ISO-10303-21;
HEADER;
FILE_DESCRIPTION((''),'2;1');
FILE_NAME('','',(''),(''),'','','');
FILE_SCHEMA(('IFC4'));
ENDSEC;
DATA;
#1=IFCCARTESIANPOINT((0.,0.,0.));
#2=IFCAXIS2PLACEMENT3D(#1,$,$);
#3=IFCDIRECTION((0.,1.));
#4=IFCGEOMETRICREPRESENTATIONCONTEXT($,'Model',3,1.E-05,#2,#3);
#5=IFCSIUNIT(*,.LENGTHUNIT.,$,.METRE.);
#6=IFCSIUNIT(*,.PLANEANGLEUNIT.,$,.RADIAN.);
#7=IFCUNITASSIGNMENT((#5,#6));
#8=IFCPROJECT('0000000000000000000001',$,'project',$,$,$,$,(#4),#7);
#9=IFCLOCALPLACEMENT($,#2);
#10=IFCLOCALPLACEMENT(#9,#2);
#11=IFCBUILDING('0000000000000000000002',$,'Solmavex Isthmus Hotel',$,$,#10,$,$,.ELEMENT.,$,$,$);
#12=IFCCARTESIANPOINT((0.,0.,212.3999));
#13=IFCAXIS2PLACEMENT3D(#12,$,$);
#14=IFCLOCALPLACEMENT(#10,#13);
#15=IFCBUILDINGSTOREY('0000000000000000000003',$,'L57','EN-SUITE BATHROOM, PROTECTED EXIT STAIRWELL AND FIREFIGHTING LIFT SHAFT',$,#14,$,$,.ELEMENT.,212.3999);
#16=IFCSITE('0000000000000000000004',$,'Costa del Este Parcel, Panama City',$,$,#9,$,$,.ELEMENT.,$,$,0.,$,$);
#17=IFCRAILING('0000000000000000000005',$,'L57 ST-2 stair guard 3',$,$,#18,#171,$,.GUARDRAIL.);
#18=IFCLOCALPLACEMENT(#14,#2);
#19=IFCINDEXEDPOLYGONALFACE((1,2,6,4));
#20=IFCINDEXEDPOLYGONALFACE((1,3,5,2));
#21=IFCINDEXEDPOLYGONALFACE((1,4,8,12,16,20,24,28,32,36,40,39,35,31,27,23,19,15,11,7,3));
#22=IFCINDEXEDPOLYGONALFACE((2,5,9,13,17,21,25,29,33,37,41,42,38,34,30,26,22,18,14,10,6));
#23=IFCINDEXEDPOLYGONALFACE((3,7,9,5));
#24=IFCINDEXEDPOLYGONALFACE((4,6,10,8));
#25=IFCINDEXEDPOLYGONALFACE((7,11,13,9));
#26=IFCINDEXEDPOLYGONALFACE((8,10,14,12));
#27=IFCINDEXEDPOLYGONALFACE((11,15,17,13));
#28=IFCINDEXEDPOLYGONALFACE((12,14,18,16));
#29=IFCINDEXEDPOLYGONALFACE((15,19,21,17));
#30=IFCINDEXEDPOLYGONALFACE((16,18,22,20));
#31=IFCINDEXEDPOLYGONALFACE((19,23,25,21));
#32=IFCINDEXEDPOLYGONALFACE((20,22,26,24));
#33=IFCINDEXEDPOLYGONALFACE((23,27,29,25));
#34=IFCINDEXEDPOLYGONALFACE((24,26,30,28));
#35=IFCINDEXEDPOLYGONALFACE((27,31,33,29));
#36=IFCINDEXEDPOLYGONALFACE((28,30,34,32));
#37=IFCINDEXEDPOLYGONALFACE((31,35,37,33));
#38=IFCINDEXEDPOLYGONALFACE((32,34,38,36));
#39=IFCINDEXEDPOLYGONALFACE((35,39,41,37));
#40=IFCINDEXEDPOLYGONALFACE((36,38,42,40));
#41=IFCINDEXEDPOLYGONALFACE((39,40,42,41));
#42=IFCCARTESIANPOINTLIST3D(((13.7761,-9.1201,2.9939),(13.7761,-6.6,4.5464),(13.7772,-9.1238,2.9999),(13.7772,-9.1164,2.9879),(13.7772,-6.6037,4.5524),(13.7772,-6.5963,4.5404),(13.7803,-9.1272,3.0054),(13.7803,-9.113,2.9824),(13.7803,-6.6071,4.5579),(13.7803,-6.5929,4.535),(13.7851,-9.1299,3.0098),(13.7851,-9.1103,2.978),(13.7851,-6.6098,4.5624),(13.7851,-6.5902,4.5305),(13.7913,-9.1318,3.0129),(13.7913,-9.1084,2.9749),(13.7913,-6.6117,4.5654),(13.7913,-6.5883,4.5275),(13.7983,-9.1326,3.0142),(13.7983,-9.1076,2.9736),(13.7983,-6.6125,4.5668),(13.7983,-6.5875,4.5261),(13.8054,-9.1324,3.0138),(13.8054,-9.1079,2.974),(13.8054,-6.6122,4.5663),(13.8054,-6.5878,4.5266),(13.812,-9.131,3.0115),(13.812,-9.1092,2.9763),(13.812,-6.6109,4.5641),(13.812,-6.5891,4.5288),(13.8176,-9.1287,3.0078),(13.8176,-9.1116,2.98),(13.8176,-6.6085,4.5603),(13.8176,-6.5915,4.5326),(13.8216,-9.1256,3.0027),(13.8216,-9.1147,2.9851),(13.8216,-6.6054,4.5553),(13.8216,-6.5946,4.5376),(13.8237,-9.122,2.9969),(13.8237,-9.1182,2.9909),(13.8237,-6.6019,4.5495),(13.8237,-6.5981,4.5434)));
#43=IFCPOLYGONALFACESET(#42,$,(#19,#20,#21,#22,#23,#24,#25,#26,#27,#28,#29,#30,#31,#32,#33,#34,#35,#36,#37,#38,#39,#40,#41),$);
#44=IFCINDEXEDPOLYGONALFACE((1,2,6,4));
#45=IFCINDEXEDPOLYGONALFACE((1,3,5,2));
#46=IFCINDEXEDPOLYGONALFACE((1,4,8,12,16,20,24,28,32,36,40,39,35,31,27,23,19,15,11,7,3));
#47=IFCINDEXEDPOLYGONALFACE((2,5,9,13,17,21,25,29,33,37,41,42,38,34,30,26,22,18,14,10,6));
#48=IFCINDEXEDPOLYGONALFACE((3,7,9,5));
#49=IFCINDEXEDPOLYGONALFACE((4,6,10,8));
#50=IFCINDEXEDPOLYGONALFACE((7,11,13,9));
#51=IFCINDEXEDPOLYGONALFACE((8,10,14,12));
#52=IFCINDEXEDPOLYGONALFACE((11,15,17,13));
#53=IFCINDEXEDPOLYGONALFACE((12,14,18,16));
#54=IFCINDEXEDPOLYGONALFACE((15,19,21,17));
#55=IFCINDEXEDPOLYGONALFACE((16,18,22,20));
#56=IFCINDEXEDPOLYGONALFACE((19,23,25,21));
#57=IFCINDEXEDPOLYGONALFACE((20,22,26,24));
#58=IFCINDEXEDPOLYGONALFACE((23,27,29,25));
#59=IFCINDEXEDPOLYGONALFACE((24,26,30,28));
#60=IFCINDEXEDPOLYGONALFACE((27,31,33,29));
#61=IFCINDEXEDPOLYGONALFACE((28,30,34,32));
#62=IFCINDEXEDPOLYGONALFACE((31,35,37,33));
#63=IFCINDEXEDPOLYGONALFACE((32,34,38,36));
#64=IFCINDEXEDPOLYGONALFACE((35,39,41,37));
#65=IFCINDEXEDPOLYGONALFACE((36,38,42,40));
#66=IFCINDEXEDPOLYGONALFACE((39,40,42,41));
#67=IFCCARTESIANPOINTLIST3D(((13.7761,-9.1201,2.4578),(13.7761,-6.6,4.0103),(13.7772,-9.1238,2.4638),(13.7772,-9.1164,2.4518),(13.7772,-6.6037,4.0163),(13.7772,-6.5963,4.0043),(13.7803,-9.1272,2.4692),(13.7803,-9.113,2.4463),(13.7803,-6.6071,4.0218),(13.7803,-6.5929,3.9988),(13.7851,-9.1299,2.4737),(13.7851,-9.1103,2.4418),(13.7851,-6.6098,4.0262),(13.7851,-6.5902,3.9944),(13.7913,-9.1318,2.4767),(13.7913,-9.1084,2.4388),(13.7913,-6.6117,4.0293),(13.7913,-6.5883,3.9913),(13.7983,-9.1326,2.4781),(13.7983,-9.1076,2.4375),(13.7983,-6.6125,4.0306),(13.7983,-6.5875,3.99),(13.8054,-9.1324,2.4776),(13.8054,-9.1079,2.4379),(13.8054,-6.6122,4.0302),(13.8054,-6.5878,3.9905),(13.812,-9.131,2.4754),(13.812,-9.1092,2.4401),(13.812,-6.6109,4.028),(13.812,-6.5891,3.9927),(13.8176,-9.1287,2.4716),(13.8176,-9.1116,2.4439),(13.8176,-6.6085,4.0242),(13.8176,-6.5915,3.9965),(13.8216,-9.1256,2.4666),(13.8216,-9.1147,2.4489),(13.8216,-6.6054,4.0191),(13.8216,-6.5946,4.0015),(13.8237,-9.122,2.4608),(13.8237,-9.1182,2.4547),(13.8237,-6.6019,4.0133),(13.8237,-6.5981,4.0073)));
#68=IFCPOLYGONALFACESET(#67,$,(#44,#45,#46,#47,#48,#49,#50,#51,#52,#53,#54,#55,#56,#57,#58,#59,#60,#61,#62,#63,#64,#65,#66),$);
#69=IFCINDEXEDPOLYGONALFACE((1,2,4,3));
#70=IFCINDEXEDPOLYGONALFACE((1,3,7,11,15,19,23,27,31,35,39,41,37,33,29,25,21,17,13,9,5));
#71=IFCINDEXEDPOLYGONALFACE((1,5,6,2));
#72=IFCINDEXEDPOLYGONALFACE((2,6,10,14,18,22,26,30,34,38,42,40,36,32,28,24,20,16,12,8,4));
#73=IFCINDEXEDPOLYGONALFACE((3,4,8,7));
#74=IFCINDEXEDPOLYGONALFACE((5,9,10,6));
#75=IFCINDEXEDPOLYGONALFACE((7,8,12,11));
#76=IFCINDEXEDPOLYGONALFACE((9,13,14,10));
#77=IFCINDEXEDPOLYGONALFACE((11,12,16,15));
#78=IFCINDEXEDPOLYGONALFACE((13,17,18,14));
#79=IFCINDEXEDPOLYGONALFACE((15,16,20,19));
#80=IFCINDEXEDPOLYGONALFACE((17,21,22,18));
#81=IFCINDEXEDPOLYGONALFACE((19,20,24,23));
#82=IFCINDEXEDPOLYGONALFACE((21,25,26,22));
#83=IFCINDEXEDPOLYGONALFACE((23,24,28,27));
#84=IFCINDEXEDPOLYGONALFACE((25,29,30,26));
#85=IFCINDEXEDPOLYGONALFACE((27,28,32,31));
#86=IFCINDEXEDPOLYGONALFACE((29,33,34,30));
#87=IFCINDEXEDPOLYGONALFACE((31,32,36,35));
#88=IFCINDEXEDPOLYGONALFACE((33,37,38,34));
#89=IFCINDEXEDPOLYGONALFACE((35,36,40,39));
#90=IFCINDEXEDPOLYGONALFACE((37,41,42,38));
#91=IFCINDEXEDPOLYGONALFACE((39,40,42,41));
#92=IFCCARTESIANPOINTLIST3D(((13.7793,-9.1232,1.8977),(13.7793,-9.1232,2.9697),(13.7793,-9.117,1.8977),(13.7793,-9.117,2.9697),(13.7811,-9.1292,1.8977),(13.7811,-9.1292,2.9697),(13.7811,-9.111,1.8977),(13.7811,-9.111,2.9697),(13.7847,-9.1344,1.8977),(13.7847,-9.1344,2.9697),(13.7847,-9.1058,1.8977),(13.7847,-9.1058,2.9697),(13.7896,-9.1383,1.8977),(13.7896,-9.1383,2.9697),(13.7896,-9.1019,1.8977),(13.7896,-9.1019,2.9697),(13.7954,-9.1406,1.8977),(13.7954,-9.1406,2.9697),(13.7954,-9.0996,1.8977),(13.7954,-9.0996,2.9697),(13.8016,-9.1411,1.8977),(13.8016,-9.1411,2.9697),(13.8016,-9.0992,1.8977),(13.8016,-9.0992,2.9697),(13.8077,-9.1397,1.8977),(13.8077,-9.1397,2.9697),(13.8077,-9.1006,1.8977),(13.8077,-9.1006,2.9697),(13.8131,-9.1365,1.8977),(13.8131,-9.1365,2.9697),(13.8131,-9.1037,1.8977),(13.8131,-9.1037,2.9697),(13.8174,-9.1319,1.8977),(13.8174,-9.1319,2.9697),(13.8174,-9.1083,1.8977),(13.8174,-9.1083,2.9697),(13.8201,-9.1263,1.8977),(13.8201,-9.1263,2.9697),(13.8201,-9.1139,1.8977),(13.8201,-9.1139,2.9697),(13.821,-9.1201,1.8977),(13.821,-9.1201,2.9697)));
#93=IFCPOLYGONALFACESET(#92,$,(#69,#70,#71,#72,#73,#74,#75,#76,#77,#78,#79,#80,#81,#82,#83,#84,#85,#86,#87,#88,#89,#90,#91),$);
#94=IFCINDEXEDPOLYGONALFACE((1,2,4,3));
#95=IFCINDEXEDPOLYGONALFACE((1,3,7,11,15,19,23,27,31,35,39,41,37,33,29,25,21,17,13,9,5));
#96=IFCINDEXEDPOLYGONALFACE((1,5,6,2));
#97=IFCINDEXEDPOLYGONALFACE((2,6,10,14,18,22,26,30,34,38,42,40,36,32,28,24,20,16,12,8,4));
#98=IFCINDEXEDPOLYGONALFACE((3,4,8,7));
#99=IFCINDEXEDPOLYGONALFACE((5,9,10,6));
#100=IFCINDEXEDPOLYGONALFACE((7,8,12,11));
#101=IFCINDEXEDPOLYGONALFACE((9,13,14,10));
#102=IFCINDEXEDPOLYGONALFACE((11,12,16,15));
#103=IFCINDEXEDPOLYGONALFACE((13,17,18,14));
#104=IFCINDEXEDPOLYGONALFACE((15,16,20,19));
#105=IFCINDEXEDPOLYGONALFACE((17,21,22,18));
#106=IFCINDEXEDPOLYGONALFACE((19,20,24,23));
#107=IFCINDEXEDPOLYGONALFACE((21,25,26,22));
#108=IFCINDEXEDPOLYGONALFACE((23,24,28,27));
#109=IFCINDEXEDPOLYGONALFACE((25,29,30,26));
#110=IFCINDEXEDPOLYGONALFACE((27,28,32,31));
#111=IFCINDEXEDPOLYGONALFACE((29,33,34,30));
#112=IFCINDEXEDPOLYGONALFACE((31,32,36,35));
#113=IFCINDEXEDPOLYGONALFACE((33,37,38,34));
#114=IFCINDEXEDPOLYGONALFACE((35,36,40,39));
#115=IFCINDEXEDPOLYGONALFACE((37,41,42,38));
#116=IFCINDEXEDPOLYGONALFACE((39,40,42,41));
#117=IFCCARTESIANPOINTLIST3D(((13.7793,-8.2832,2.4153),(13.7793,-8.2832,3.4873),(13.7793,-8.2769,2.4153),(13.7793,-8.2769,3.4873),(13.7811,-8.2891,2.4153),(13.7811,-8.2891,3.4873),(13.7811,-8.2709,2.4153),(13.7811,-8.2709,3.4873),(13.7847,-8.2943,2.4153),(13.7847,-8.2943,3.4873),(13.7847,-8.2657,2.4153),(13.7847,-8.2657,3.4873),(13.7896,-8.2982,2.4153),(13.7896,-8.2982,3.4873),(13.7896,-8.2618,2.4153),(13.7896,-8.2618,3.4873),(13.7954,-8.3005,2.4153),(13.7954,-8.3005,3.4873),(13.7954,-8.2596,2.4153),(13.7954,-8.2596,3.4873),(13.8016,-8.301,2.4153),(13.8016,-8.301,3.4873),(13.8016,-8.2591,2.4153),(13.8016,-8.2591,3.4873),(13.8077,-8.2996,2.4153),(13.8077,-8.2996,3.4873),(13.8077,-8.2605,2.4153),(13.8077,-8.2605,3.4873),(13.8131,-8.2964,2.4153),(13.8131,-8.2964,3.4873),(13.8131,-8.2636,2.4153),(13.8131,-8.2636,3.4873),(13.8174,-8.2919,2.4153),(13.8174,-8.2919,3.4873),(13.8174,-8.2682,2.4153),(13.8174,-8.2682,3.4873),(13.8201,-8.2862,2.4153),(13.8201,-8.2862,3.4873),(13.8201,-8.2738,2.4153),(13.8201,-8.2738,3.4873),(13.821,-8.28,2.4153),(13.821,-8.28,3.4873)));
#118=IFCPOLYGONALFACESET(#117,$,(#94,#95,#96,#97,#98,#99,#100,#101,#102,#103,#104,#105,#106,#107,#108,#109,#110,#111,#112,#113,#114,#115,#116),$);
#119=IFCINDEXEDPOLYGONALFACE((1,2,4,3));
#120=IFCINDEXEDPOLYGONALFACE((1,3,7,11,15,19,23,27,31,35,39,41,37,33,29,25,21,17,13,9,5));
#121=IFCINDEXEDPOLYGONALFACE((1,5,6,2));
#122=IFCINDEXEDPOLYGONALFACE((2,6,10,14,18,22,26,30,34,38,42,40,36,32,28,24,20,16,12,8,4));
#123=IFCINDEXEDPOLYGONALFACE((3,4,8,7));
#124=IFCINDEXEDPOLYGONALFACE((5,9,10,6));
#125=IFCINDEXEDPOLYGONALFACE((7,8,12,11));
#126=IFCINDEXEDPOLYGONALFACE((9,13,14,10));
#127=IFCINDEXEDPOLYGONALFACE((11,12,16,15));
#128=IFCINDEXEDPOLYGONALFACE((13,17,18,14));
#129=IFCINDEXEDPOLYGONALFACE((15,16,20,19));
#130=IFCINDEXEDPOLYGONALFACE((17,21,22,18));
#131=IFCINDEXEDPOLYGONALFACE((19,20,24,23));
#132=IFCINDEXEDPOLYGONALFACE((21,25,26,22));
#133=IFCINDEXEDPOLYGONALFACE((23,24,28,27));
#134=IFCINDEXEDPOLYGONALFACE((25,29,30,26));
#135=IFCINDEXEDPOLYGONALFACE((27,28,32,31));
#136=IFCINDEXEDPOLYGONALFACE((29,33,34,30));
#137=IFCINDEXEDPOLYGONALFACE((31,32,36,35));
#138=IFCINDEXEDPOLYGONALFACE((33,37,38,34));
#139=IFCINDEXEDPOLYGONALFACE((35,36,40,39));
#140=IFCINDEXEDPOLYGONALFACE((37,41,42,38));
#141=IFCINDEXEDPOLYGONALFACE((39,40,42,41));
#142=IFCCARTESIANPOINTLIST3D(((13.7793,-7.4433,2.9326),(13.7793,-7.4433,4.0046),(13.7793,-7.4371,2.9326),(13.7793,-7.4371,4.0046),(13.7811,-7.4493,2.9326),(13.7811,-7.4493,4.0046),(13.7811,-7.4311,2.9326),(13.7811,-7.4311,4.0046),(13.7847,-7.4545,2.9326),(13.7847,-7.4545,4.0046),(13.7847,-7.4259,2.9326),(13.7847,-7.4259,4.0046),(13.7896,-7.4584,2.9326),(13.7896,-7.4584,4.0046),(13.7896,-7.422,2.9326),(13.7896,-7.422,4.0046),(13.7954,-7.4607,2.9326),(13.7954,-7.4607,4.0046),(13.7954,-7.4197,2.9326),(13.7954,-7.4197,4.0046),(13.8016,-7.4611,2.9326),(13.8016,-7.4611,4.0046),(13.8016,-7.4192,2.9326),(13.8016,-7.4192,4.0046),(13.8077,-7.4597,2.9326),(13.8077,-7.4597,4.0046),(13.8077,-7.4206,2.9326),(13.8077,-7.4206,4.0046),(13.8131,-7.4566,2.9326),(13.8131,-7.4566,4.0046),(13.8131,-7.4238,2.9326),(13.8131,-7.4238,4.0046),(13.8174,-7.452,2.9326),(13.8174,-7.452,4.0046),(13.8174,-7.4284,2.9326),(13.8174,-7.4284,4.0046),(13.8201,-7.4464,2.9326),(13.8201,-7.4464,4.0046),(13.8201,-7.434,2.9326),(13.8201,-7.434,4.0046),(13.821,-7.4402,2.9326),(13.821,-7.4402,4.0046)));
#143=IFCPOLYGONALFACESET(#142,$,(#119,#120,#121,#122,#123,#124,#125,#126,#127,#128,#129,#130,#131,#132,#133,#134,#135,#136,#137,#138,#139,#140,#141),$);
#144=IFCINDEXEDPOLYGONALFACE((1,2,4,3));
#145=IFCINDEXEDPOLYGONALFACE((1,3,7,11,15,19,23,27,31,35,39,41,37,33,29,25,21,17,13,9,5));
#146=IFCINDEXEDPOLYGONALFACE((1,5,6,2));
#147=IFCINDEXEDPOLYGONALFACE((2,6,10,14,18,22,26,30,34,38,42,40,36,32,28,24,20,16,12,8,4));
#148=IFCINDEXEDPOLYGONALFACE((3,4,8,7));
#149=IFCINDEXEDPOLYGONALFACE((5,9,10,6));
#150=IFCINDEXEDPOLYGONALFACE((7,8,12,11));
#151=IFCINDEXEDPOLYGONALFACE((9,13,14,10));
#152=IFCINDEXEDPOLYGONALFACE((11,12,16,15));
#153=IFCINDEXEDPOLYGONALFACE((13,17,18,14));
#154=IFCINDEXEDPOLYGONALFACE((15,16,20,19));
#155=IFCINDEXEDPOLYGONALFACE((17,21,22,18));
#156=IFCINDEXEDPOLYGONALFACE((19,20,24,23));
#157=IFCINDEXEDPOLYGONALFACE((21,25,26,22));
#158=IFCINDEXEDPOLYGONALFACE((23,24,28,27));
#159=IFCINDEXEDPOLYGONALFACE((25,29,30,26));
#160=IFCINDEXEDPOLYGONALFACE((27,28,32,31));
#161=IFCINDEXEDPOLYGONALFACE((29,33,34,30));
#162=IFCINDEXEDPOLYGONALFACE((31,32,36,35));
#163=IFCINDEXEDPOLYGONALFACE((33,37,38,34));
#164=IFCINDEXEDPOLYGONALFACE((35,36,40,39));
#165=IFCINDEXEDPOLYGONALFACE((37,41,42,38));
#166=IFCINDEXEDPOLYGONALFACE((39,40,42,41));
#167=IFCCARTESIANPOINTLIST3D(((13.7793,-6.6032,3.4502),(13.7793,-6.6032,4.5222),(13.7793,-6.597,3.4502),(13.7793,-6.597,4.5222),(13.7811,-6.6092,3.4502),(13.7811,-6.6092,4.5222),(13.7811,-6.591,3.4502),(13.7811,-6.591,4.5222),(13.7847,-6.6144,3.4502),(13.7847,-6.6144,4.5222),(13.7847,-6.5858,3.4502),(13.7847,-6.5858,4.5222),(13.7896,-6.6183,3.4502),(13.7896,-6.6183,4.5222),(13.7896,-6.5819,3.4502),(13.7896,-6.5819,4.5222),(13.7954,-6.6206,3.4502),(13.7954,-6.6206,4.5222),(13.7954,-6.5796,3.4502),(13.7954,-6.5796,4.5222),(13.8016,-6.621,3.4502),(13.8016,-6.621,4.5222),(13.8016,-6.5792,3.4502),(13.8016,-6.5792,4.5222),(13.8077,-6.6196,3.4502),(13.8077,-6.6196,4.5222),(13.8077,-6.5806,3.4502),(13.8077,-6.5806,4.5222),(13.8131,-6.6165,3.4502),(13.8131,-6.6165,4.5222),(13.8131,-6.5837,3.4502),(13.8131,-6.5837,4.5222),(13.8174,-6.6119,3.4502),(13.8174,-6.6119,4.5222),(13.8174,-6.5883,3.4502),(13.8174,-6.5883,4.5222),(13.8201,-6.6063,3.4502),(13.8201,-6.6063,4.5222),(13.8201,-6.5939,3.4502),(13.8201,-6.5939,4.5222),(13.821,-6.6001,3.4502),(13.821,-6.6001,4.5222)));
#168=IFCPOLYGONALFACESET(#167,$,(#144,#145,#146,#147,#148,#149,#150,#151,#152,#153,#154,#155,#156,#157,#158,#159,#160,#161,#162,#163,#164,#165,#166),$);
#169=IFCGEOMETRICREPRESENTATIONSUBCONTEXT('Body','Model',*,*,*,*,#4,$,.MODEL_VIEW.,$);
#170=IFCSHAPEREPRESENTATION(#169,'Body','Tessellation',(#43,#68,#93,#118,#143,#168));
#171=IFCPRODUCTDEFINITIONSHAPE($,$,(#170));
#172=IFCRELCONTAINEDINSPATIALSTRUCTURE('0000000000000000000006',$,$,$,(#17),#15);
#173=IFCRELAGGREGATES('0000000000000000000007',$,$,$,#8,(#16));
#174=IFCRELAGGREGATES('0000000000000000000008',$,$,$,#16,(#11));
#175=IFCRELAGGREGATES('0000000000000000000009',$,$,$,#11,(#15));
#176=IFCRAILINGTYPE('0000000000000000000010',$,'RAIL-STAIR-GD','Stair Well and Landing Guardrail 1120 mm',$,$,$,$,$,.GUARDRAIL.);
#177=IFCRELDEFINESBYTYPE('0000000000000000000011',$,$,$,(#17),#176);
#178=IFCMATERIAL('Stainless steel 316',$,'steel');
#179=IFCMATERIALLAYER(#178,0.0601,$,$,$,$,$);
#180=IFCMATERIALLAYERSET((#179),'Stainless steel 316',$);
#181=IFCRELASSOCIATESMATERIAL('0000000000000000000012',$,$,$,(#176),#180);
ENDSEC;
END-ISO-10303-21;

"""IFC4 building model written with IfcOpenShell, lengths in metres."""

from ifc_helpers import new_model, si_unit, direction, frame, origin, origin_2d, place, context, subcontext, project, spatial, circle, extrude, material, layer, layer_set, type_object, element, save


model = new_model("IFC4")

# Units and contexts
model_context = context("Model", 3, precision=1e-05, world=origin(), true_north=direction((0.0, 1.0)))
body_context = subcontext(model_context, "Body", "Model", "MODEL_VIEW")
ifc_project = project(units=[si_unit("LENGTHUNIT", "METRE"), si_unit("PLANEANGLEUNIT", "RADIAN")], contexts=[model_context])

# Site, building, storey
site_placement = place(None, origin())
site = spatial("IfcSite", under=ifc_project, at=site_placement, Name="Costa del Este Parcel, Panama City", CompositionType="ELEMENT", RefElevation=0.0)
building_placement = place(site_placement, origin())
building = spatial("IfcBuilding", under=site, at=building_placement, Name="Solmavex Isthmus Hotel", CompositionType="ELEMENT")
storey_placement = place(building_placement, frame((0.0, 0.0, 212.3999)))
storey = spatial("IfcBuildingStorey", under=building, at=storey_placement, Name="L57", Description="EN-SUITE BATHROOM, PROTECTED EXIT STAIRWELL AND FIREFIGHTING LIFT SHAFT", CompositionType="ELEMENT", Elevation=212.3999)

# Railing
ifc_material_1 = material(Name="Stainless steel 316", Category="steel")
ifc_layer_1 = layer(ifc_material_1, 0.0601)
ifc_layer_set_1 = layer_set([ifc_layer_1], Name="Stainless steel 316")
railing_type_1 = type_object("IfcRailingType", Name="RAIL-STAIR-GD", Description="Stair Well and Landing Guardrail 1120 mm", PredefinedType="GUARDRAIL", material=ifc_layer_set_1)
railing_1_placement = place(storey_placement, frame((13.8, -9.1201, 1.8977)))
element("IfcRailing", 1, at=railing_1_placement, inside=storey, type_object=railing_type_1, Name="L57 ST-2 stair guard 3", PredefinedType="GUARDRAIL", context=body_context, shape_type="SweptSolid", body=[
    extrude(circle(Radius=0.0239, at=origin_2d()), frame((0.0, 0.0, 1.0962), z_axis=(0.0, 0.8514, 0.524516), x_axis=(-1.0, 0.0, 0.0)), (0.0, 0.0, 1.0), 2.96),
    extrude(circle(Radius=0.0239, at=origin_2d()), frame((0.0, 0.0, 0.5601), z_axis=(0.0, 0.8514, 0.524516), x_axis=(-1.0, 0.0, 0.0)), (0.0, 0.0, 1.0), 2.96),
    extrude(circle(Radius=0.021, at=origin_2d()), origin(), (0.0, 0.0, 1.0), 1.072),
    extrude(circle(Radius=0.021, at=origin_2d()), frame((0.0, 0.8401, 0.5176)), (0.0, 0.0, 1.0), 1.072),
    extrude(circle(Radius=0.021, at=origin_2d()), frame((0.0, 1.6799, 1.0349)), (0.0, 0.0, 1.0), 1.072),
    extrude(circle(Radius=0.021, at=origin_2d()), frame((0.0, 2.52, 1.5525)), (0.0, 0.0, 1.0), 1.072),
])

save(model, "model.ifc")
